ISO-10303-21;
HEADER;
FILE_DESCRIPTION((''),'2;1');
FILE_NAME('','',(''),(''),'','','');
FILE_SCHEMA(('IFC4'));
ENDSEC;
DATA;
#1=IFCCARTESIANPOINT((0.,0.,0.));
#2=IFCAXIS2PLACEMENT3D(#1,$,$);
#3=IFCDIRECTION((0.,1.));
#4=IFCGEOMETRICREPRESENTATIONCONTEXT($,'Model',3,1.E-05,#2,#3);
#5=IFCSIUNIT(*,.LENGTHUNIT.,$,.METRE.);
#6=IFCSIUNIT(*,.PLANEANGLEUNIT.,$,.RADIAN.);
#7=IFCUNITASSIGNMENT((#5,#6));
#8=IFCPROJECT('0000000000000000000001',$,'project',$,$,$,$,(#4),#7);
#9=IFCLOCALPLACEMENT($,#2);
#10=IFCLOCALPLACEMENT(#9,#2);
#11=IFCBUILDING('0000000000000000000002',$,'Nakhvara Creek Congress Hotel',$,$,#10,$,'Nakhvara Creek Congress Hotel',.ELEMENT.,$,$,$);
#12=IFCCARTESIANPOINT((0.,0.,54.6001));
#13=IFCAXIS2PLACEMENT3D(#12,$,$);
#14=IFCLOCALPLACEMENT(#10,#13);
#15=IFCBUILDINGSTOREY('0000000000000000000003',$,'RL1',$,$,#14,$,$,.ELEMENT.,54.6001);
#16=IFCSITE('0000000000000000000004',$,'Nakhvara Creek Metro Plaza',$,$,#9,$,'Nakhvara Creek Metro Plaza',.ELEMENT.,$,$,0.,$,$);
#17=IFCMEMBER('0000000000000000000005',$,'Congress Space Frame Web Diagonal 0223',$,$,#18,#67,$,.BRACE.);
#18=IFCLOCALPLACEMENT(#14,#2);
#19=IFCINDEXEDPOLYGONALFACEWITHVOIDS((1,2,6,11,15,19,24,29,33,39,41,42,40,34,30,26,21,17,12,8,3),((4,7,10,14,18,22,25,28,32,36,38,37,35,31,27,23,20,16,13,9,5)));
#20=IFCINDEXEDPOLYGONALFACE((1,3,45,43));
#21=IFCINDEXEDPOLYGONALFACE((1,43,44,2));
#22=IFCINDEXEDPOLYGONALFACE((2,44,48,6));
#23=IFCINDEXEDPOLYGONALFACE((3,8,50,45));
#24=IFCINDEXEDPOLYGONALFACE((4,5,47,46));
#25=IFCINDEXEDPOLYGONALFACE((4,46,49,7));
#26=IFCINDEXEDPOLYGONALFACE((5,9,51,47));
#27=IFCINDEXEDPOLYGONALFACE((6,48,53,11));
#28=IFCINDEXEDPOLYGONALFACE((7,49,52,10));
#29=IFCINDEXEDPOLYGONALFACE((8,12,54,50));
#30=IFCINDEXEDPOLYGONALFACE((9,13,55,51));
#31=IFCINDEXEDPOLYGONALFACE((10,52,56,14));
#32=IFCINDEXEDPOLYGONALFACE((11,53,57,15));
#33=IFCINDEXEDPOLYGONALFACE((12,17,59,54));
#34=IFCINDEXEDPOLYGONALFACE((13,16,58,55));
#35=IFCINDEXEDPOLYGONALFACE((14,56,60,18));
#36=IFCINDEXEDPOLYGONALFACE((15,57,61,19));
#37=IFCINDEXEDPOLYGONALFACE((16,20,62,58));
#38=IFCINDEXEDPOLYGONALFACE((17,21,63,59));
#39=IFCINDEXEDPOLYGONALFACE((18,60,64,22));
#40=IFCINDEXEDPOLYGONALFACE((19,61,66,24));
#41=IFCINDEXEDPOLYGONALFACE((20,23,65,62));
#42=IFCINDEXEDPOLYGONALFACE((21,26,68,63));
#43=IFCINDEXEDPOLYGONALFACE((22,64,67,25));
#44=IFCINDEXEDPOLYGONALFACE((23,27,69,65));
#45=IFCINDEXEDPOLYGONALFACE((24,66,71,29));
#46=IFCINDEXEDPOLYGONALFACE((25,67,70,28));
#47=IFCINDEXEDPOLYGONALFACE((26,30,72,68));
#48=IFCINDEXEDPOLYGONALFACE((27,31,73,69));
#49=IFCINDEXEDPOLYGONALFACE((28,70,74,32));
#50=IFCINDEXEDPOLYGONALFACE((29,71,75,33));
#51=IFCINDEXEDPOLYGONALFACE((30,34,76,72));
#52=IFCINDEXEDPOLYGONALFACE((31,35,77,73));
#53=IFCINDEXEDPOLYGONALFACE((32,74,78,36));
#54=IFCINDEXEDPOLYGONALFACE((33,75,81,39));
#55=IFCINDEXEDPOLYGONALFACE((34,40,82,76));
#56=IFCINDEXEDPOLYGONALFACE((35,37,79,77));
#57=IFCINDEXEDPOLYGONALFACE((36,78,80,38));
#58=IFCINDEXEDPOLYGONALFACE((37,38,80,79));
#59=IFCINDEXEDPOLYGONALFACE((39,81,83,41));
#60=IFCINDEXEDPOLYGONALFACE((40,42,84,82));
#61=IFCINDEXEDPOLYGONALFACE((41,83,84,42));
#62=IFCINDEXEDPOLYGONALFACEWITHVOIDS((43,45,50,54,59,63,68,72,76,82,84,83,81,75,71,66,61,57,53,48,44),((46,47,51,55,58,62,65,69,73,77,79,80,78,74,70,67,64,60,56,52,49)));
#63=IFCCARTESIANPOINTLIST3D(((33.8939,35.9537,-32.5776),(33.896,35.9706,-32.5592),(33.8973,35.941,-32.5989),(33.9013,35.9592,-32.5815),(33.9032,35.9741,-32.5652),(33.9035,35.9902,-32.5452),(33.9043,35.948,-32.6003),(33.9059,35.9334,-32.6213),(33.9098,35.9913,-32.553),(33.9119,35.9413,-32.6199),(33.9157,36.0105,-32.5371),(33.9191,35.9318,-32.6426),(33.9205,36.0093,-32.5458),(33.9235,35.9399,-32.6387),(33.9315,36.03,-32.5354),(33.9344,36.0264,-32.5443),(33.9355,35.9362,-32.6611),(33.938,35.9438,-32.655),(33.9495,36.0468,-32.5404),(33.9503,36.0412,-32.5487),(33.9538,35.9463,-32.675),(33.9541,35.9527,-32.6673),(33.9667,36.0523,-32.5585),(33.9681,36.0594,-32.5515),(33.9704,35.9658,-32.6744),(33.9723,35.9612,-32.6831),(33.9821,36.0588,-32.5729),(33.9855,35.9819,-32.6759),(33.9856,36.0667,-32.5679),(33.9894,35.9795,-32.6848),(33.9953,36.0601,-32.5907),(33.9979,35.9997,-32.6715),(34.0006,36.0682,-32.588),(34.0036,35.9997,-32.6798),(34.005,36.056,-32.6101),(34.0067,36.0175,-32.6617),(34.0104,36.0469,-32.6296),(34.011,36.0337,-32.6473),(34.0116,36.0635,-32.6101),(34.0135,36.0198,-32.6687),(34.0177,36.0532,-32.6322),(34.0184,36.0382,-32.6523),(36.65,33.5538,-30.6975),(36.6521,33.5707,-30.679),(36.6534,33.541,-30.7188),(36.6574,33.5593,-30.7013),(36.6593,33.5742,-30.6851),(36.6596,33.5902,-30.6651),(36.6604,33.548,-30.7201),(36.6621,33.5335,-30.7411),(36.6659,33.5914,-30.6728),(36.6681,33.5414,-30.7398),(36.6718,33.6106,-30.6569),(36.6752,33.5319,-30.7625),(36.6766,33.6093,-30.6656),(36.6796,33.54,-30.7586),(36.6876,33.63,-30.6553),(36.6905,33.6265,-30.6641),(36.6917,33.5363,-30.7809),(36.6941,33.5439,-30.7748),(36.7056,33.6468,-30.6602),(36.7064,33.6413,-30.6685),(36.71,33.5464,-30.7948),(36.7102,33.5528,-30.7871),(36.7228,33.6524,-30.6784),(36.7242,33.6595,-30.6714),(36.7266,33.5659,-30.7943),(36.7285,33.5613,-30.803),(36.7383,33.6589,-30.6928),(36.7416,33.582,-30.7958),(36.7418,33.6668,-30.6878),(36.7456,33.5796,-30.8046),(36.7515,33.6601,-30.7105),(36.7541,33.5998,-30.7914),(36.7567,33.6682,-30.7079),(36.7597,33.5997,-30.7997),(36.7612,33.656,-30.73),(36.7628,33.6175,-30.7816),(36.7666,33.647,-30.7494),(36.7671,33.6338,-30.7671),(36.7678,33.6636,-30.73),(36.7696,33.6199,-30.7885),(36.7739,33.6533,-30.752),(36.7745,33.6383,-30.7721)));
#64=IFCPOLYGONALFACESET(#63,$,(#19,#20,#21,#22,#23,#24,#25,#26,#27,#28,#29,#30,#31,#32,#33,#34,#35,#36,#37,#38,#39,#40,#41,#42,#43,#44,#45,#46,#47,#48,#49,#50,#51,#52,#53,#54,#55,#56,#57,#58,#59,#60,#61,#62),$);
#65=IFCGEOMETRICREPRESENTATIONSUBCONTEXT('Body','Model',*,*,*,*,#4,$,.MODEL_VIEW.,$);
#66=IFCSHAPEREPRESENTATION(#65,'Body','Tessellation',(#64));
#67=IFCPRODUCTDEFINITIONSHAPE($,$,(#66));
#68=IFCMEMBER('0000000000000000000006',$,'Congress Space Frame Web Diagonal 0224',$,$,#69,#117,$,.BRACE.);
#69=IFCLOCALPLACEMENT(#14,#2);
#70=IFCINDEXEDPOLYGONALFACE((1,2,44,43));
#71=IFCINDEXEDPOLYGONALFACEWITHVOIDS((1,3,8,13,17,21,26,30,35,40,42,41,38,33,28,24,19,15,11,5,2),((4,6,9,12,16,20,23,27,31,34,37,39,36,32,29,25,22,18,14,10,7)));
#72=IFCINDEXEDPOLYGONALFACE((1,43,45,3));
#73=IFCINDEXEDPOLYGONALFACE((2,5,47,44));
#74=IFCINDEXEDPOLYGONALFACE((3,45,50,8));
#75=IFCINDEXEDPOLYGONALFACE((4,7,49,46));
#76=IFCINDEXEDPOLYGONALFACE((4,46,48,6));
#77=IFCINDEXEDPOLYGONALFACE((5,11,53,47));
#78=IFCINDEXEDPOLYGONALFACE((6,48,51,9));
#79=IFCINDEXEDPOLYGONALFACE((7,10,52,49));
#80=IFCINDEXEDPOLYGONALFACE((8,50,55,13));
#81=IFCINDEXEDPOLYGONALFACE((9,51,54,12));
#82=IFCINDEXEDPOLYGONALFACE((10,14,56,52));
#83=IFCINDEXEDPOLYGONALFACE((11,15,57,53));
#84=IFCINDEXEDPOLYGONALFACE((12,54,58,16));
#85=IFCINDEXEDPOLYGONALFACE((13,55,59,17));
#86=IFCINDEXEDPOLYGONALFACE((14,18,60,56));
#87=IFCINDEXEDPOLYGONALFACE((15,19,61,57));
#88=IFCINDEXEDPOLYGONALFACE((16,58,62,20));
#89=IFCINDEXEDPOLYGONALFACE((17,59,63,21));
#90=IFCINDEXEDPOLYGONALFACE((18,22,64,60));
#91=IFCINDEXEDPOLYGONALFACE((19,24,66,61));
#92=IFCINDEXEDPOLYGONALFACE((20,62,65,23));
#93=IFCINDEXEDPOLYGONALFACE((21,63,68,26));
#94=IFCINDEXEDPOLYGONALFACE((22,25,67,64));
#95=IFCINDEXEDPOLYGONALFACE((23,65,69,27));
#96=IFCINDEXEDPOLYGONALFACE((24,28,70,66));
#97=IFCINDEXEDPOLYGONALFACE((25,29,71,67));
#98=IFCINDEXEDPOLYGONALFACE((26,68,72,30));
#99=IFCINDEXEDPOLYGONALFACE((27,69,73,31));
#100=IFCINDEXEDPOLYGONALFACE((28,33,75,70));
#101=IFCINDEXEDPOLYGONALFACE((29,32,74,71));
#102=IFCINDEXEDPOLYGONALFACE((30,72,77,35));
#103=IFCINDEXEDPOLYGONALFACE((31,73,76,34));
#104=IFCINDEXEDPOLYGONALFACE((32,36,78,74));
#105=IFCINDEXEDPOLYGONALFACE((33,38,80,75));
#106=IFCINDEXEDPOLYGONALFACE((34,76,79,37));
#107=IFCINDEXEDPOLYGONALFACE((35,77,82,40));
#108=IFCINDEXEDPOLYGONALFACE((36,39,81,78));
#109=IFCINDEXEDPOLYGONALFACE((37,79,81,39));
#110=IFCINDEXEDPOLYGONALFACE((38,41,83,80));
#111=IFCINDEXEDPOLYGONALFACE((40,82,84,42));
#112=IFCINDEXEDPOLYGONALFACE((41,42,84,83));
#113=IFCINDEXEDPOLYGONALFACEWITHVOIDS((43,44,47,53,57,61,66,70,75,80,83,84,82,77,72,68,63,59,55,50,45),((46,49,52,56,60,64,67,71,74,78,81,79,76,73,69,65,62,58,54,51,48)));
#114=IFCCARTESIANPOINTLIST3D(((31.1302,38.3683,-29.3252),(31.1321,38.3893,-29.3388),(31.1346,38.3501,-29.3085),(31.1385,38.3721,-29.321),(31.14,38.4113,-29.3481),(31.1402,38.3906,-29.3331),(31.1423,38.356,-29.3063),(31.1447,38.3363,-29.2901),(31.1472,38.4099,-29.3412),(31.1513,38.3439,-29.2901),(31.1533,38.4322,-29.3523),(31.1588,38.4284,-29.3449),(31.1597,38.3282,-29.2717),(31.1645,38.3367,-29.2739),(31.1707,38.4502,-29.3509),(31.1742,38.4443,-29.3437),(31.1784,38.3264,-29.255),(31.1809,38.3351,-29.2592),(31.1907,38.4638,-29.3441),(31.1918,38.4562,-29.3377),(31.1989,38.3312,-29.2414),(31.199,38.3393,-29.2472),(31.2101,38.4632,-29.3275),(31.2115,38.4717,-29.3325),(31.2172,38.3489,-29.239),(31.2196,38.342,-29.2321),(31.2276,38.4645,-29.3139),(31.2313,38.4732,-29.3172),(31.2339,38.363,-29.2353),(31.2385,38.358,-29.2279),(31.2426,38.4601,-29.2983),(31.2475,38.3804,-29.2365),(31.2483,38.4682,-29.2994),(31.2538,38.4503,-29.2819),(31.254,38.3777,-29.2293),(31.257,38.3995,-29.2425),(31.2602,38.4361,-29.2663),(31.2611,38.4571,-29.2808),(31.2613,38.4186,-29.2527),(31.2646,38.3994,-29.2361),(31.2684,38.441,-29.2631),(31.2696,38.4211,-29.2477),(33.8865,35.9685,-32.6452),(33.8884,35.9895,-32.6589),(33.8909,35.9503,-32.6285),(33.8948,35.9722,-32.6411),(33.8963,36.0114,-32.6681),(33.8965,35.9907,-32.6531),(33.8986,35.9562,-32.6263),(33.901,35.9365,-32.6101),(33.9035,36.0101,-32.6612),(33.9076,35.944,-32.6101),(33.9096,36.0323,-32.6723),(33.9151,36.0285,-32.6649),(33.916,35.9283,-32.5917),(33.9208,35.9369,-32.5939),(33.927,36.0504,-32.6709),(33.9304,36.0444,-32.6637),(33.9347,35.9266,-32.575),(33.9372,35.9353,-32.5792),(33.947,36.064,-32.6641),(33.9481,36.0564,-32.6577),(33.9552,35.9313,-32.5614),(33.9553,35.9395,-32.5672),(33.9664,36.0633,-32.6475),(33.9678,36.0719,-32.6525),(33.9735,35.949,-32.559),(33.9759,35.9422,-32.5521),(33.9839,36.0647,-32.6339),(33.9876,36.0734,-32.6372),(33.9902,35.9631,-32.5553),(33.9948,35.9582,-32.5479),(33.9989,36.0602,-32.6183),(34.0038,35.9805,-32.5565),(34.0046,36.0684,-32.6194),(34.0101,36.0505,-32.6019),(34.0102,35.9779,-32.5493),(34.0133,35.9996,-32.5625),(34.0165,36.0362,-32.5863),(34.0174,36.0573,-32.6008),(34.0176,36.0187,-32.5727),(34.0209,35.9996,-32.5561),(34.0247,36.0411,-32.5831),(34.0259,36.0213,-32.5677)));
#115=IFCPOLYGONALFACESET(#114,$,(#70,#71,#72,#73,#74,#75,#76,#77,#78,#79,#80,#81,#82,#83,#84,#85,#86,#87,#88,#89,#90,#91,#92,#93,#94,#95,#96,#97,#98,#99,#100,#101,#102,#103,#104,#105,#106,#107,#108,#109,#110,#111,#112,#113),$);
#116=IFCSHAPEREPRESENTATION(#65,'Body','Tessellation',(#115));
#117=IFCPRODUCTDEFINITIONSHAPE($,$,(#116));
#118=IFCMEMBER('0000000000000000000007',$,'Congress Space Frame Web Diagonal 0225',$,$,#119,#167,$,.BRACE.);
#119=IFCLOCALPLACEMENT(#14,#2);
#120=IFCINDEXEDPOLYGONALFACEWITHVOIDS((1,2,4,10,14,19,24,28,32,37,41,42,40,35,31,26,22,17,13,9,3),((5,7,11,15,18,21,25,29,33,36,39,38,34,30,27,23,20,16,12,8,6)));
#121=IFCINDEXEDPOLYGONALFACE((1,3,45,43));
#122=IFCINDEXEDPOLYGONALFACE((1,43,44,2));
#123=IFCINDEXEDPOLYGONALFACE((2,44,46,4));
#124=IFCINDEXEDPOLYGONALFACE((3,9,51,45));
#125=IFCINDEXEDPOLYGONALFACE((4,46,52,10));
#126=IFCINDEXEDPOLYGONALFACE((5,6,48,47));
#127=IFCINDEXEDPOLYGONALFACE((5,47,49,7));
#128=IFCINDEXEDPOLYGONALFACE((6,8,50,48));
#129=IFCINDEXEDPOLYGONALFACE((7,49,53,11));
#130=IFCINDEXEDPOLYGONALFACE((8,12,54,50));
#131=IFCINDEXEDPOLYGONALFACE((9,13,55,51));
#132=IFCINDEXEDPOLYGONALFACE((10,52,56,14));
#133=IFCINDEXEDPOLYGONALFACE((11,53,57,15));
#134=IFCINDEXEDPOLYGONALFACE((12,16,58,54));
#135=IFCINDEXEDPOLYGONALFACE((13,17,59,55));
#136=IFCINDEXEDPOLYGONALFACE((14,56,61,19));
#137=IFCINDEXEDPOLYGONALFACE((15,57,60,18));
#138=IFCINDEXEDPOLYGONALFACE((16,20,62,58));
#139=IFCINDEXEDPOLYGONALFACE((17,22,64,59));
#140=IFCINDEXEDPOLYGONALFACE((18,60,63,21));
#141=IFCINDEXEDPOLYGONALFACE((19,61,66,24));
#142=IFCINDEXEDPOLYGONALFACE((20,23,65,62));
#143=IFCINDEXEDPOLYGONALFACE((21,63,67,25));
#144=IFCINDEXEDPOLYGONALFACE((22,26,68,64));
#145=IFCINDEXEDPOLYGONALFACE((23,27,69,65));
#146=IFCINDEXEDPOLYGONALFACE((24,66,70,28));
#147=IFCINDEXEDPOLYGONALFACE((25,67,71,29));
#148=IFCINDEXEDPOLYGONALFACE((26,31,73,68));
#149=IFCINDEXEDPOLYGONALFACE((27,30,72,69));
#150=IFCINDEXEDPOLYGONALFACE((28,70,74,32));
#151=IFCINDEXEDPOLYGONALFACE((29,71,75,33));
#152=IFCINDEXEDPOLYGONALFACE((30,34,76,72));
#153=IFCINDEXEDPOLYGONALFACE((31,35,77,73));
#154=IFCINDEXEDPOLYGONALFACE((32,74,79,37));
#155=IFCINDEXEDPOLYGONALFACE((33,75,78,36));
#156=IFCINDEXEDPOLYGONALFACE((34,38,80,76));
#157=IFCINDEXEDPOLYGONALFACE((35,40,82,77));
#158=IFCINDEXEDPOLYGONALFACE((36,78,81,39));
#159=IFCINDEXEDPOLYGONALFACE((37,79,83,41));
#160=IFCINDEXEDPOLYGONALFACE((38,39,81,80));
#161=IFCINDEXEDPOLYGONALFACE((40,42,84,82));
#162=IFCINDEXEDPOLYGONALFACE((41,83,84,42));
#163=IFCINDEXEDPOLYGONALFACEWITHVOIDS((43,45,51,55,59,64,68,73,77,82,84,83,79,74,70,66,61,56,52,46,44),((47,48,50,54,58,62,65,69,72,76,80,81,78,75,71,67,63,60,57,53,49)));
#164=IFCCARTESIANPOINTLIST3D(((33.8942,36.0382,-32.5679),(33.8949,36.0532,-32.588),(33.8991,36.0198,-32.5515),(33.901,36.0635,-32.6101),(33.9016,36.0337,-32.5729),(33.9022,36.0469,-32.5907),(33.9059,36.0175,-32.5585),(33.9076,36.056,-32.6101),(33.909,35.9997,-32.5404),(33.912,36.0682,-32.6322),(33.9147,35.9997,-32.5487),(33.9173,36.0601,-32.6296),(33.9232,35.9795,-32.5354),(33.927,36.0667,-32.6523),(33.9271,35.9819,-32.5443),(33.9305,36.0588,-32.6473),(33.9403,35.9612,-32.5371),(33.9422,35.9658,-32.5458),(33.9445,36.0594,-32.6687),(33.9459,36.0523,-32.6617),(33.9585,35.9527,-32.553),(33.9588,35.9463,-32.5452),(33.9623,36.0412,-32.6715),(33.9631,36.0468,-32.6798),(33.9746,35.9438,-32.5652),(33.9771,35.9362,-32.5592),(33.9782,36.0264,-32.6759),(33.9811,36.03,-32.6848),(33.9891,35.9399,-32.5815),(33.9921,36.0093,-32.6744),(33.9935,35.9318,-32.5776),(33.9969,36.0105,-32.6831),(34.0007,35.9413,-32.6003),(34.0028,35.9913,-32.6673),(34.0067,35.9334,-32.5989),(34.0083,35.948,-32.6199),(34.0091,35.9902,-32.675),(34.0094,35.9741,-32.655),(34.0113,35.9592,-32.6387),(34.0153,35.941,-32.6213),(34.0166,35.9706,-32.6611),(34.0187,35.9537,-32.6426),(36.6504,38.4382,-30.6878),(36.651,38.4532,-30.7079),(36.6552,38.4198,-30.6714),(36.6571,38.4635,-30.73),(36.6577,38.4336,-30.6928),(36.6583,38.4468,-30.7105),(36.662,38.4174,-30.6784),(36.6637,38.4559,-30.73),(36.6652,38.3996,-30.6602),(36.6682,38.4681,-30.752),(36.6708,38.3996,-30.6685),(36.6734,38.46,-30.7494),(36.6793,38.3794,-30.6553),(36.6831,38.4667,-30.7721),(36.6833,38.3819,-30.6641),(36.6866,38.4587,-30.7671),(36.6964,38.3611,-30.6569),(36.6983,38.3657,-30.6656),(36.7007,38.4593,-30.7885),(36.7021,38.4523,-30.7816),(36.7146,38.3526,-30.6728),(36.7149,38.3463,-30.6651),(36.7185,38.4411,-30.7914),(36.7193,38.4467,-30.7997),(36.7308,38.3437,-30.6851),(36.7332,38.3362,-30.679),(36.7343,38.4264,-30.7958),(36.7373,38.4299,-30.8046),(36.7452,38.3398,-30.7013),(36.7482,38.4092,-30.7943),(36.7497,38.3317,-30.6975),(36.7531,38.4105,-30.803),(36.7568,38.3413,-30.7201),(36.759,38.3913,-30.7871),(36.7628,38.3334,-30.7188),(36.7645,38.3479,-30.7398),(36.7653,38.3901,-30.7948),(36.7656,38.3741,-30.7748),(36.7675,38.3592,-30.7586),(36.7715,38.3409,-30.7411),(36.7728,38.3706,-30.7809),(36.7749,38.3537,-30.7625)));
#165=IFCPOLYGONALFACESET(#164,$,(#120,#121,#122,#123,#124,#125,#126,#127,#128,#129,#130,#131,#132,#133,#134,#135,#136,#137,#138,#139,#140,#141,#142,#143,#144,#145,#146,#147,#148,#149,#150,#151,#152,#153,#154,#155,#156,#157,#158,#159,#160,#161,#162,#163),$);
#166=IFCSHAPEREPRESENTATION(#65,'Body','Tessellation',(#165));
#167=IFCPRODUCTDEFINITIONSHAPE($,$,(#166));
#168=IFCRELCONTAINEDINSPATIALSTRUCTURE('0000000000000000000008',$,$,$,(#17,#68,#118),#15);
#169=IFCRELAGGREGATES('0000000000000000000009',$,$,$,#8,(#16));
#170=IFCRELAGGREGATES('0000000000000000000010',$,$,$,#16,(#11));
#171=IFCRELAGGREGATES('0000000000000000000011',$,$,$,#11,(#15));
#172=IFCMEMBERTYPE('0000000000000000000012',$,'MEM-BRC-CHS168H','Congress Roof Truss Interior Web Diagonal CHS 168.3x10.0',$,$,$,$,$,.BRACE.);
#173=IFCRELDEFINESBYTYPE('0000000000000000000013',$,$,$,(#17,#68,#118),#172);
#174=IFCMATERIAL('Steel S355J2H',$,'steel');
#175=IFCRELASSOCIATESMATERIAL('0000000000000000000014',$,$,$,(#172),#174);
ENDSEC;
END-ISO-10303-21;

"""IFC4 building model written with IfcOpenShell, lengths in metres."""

from ifc_helpers import new_model, si_unit, direction, frame, origin, origin_2d, place, context, subcontext, project, spatial, hollow_circle, extrude, material, material_profile, profile_set, type_object, element, save


model = new_model("IFC4")

# Units and contexts
model_context = context("Model", 3, precision=1e-05, world=origin(), true_north=direction((0.0, 1.0)))
body_context = subcontext(model_context, "Body", "Model", "MODEL_VIEW")
ifc_project = project(units=[si_unit("LENGTHUNIT", "METRE"), si_unit("PLANEANGLEUNIT", "RADIAN")], contexts=[model_context])

# Site, building, storey
site_placement = place(None, origin())
site = spatial("IfcSite", under=ifc_project, at=site_placement, Name="Nakhvara Creek Metro Plaza", LongName="Nakhvara Creek Metro Plaza", CompositionType="ELEMENT", RefElevation=0.0)
building_placement = place(site_placement, origin())
building = spatial("IfcBuilding", under=site, at=building_placement, Name="Nakhvara Creek Congress Hotel", LongName="Nakhvara Creek Congress Hotel", CompositionType="ELEMENT")
storey_placement = place(building_placement, frame((0.0, 0.0, 54.6001)))
storey = spatial("IfcBuildingStorey", under=building, at=storey_placement, Name="RL1", CompositionType="ELEMENT", Elevation=54.6001)

# Members
ifc_material_1 = material(Name="Steel S355J2H", Category="steel")
ifc_material_profile_1 = material_profile(ifc_material_1, hollow_circle(Radius=0.0842, WallThickness=0.01, at=origin_2d()), Name="CHS 168.3x10.0", Category="LoadBearing")
ifc_profile_set_1 = profile_set([ifc_material_profile_1], Name="Steel S355J2H")
member_type_1 = type_object("IfcMemberType", Name="MEM-BRC-CHS168H", Description="Congress Roof Truss Interior Web Diagonal CHS 168.3x10.0", PredefinedType="BRACE", material=ifc_profile_set_1)
member_1_placement = place(storey_placement, frame((33.9563, 36.0, -32.6101), z_axis=(0.670616, -0.583945, 0.457473), x_axis=(0.656691, 0.75416, 0.0)))
element("IfcMember", 1, at=member_1_placement, inside=storey, type_object=member_type_1, Name="Congress Space Frame Web Diagonal 0223", PredefinedType="BRACE", context=body_context, shape_type="SweptSolid", body=[
    extrude(hollow_circle(Radius=0.0842, WallThickness=0.01, at=origin_2d()), origin(), (0.0, 0.0, 1.0), 4.1099),
])
member_2_placement = place(storey_placement, frame((33.9563, 36.0, -32.6101), z_axis=(-0.558237, 0.486047, 0.672406), x_axis=(-0.656658, -0.754188, 0.0)))
element("IfcMember", 2, at=member_2_placement, inside=storey, type_object=member_type_1, Name="Congress Space Frame Web Diagonal 0224", PredefinedType="BRACE", context=body_context, shape_type="SweptSolid", body=[
    extrude(hollow_circle(Radius=0.0842, WallThickness=0.01, at=origin_2d()), origin(), (0.0, 0.0, 1.0), 4.9375),
])
member_3_placement = place(storey_placement, frame((33.9563, 36.0, -32.6101), z_axis=(0.670616, 0.583945, 0.457473), x_axis=(-0.656691, 0.75416, 0.0)))
element("IfcMember", 3, at=member_3_placement, inside=storey, type_object=member_type_1, Name="Congress Space Frame Web Diagonal 0225", PredefinedType="BRACE", context=body_context, shape_type="SweptSolid", body=[
    extrude(hollow_circle(Radius=0.0842, WallThickness=0.01, at=origin_2d()), origin(), (0.0, 0.0, 1.0), 4.1099),
])

save(model, "model.ifc")
